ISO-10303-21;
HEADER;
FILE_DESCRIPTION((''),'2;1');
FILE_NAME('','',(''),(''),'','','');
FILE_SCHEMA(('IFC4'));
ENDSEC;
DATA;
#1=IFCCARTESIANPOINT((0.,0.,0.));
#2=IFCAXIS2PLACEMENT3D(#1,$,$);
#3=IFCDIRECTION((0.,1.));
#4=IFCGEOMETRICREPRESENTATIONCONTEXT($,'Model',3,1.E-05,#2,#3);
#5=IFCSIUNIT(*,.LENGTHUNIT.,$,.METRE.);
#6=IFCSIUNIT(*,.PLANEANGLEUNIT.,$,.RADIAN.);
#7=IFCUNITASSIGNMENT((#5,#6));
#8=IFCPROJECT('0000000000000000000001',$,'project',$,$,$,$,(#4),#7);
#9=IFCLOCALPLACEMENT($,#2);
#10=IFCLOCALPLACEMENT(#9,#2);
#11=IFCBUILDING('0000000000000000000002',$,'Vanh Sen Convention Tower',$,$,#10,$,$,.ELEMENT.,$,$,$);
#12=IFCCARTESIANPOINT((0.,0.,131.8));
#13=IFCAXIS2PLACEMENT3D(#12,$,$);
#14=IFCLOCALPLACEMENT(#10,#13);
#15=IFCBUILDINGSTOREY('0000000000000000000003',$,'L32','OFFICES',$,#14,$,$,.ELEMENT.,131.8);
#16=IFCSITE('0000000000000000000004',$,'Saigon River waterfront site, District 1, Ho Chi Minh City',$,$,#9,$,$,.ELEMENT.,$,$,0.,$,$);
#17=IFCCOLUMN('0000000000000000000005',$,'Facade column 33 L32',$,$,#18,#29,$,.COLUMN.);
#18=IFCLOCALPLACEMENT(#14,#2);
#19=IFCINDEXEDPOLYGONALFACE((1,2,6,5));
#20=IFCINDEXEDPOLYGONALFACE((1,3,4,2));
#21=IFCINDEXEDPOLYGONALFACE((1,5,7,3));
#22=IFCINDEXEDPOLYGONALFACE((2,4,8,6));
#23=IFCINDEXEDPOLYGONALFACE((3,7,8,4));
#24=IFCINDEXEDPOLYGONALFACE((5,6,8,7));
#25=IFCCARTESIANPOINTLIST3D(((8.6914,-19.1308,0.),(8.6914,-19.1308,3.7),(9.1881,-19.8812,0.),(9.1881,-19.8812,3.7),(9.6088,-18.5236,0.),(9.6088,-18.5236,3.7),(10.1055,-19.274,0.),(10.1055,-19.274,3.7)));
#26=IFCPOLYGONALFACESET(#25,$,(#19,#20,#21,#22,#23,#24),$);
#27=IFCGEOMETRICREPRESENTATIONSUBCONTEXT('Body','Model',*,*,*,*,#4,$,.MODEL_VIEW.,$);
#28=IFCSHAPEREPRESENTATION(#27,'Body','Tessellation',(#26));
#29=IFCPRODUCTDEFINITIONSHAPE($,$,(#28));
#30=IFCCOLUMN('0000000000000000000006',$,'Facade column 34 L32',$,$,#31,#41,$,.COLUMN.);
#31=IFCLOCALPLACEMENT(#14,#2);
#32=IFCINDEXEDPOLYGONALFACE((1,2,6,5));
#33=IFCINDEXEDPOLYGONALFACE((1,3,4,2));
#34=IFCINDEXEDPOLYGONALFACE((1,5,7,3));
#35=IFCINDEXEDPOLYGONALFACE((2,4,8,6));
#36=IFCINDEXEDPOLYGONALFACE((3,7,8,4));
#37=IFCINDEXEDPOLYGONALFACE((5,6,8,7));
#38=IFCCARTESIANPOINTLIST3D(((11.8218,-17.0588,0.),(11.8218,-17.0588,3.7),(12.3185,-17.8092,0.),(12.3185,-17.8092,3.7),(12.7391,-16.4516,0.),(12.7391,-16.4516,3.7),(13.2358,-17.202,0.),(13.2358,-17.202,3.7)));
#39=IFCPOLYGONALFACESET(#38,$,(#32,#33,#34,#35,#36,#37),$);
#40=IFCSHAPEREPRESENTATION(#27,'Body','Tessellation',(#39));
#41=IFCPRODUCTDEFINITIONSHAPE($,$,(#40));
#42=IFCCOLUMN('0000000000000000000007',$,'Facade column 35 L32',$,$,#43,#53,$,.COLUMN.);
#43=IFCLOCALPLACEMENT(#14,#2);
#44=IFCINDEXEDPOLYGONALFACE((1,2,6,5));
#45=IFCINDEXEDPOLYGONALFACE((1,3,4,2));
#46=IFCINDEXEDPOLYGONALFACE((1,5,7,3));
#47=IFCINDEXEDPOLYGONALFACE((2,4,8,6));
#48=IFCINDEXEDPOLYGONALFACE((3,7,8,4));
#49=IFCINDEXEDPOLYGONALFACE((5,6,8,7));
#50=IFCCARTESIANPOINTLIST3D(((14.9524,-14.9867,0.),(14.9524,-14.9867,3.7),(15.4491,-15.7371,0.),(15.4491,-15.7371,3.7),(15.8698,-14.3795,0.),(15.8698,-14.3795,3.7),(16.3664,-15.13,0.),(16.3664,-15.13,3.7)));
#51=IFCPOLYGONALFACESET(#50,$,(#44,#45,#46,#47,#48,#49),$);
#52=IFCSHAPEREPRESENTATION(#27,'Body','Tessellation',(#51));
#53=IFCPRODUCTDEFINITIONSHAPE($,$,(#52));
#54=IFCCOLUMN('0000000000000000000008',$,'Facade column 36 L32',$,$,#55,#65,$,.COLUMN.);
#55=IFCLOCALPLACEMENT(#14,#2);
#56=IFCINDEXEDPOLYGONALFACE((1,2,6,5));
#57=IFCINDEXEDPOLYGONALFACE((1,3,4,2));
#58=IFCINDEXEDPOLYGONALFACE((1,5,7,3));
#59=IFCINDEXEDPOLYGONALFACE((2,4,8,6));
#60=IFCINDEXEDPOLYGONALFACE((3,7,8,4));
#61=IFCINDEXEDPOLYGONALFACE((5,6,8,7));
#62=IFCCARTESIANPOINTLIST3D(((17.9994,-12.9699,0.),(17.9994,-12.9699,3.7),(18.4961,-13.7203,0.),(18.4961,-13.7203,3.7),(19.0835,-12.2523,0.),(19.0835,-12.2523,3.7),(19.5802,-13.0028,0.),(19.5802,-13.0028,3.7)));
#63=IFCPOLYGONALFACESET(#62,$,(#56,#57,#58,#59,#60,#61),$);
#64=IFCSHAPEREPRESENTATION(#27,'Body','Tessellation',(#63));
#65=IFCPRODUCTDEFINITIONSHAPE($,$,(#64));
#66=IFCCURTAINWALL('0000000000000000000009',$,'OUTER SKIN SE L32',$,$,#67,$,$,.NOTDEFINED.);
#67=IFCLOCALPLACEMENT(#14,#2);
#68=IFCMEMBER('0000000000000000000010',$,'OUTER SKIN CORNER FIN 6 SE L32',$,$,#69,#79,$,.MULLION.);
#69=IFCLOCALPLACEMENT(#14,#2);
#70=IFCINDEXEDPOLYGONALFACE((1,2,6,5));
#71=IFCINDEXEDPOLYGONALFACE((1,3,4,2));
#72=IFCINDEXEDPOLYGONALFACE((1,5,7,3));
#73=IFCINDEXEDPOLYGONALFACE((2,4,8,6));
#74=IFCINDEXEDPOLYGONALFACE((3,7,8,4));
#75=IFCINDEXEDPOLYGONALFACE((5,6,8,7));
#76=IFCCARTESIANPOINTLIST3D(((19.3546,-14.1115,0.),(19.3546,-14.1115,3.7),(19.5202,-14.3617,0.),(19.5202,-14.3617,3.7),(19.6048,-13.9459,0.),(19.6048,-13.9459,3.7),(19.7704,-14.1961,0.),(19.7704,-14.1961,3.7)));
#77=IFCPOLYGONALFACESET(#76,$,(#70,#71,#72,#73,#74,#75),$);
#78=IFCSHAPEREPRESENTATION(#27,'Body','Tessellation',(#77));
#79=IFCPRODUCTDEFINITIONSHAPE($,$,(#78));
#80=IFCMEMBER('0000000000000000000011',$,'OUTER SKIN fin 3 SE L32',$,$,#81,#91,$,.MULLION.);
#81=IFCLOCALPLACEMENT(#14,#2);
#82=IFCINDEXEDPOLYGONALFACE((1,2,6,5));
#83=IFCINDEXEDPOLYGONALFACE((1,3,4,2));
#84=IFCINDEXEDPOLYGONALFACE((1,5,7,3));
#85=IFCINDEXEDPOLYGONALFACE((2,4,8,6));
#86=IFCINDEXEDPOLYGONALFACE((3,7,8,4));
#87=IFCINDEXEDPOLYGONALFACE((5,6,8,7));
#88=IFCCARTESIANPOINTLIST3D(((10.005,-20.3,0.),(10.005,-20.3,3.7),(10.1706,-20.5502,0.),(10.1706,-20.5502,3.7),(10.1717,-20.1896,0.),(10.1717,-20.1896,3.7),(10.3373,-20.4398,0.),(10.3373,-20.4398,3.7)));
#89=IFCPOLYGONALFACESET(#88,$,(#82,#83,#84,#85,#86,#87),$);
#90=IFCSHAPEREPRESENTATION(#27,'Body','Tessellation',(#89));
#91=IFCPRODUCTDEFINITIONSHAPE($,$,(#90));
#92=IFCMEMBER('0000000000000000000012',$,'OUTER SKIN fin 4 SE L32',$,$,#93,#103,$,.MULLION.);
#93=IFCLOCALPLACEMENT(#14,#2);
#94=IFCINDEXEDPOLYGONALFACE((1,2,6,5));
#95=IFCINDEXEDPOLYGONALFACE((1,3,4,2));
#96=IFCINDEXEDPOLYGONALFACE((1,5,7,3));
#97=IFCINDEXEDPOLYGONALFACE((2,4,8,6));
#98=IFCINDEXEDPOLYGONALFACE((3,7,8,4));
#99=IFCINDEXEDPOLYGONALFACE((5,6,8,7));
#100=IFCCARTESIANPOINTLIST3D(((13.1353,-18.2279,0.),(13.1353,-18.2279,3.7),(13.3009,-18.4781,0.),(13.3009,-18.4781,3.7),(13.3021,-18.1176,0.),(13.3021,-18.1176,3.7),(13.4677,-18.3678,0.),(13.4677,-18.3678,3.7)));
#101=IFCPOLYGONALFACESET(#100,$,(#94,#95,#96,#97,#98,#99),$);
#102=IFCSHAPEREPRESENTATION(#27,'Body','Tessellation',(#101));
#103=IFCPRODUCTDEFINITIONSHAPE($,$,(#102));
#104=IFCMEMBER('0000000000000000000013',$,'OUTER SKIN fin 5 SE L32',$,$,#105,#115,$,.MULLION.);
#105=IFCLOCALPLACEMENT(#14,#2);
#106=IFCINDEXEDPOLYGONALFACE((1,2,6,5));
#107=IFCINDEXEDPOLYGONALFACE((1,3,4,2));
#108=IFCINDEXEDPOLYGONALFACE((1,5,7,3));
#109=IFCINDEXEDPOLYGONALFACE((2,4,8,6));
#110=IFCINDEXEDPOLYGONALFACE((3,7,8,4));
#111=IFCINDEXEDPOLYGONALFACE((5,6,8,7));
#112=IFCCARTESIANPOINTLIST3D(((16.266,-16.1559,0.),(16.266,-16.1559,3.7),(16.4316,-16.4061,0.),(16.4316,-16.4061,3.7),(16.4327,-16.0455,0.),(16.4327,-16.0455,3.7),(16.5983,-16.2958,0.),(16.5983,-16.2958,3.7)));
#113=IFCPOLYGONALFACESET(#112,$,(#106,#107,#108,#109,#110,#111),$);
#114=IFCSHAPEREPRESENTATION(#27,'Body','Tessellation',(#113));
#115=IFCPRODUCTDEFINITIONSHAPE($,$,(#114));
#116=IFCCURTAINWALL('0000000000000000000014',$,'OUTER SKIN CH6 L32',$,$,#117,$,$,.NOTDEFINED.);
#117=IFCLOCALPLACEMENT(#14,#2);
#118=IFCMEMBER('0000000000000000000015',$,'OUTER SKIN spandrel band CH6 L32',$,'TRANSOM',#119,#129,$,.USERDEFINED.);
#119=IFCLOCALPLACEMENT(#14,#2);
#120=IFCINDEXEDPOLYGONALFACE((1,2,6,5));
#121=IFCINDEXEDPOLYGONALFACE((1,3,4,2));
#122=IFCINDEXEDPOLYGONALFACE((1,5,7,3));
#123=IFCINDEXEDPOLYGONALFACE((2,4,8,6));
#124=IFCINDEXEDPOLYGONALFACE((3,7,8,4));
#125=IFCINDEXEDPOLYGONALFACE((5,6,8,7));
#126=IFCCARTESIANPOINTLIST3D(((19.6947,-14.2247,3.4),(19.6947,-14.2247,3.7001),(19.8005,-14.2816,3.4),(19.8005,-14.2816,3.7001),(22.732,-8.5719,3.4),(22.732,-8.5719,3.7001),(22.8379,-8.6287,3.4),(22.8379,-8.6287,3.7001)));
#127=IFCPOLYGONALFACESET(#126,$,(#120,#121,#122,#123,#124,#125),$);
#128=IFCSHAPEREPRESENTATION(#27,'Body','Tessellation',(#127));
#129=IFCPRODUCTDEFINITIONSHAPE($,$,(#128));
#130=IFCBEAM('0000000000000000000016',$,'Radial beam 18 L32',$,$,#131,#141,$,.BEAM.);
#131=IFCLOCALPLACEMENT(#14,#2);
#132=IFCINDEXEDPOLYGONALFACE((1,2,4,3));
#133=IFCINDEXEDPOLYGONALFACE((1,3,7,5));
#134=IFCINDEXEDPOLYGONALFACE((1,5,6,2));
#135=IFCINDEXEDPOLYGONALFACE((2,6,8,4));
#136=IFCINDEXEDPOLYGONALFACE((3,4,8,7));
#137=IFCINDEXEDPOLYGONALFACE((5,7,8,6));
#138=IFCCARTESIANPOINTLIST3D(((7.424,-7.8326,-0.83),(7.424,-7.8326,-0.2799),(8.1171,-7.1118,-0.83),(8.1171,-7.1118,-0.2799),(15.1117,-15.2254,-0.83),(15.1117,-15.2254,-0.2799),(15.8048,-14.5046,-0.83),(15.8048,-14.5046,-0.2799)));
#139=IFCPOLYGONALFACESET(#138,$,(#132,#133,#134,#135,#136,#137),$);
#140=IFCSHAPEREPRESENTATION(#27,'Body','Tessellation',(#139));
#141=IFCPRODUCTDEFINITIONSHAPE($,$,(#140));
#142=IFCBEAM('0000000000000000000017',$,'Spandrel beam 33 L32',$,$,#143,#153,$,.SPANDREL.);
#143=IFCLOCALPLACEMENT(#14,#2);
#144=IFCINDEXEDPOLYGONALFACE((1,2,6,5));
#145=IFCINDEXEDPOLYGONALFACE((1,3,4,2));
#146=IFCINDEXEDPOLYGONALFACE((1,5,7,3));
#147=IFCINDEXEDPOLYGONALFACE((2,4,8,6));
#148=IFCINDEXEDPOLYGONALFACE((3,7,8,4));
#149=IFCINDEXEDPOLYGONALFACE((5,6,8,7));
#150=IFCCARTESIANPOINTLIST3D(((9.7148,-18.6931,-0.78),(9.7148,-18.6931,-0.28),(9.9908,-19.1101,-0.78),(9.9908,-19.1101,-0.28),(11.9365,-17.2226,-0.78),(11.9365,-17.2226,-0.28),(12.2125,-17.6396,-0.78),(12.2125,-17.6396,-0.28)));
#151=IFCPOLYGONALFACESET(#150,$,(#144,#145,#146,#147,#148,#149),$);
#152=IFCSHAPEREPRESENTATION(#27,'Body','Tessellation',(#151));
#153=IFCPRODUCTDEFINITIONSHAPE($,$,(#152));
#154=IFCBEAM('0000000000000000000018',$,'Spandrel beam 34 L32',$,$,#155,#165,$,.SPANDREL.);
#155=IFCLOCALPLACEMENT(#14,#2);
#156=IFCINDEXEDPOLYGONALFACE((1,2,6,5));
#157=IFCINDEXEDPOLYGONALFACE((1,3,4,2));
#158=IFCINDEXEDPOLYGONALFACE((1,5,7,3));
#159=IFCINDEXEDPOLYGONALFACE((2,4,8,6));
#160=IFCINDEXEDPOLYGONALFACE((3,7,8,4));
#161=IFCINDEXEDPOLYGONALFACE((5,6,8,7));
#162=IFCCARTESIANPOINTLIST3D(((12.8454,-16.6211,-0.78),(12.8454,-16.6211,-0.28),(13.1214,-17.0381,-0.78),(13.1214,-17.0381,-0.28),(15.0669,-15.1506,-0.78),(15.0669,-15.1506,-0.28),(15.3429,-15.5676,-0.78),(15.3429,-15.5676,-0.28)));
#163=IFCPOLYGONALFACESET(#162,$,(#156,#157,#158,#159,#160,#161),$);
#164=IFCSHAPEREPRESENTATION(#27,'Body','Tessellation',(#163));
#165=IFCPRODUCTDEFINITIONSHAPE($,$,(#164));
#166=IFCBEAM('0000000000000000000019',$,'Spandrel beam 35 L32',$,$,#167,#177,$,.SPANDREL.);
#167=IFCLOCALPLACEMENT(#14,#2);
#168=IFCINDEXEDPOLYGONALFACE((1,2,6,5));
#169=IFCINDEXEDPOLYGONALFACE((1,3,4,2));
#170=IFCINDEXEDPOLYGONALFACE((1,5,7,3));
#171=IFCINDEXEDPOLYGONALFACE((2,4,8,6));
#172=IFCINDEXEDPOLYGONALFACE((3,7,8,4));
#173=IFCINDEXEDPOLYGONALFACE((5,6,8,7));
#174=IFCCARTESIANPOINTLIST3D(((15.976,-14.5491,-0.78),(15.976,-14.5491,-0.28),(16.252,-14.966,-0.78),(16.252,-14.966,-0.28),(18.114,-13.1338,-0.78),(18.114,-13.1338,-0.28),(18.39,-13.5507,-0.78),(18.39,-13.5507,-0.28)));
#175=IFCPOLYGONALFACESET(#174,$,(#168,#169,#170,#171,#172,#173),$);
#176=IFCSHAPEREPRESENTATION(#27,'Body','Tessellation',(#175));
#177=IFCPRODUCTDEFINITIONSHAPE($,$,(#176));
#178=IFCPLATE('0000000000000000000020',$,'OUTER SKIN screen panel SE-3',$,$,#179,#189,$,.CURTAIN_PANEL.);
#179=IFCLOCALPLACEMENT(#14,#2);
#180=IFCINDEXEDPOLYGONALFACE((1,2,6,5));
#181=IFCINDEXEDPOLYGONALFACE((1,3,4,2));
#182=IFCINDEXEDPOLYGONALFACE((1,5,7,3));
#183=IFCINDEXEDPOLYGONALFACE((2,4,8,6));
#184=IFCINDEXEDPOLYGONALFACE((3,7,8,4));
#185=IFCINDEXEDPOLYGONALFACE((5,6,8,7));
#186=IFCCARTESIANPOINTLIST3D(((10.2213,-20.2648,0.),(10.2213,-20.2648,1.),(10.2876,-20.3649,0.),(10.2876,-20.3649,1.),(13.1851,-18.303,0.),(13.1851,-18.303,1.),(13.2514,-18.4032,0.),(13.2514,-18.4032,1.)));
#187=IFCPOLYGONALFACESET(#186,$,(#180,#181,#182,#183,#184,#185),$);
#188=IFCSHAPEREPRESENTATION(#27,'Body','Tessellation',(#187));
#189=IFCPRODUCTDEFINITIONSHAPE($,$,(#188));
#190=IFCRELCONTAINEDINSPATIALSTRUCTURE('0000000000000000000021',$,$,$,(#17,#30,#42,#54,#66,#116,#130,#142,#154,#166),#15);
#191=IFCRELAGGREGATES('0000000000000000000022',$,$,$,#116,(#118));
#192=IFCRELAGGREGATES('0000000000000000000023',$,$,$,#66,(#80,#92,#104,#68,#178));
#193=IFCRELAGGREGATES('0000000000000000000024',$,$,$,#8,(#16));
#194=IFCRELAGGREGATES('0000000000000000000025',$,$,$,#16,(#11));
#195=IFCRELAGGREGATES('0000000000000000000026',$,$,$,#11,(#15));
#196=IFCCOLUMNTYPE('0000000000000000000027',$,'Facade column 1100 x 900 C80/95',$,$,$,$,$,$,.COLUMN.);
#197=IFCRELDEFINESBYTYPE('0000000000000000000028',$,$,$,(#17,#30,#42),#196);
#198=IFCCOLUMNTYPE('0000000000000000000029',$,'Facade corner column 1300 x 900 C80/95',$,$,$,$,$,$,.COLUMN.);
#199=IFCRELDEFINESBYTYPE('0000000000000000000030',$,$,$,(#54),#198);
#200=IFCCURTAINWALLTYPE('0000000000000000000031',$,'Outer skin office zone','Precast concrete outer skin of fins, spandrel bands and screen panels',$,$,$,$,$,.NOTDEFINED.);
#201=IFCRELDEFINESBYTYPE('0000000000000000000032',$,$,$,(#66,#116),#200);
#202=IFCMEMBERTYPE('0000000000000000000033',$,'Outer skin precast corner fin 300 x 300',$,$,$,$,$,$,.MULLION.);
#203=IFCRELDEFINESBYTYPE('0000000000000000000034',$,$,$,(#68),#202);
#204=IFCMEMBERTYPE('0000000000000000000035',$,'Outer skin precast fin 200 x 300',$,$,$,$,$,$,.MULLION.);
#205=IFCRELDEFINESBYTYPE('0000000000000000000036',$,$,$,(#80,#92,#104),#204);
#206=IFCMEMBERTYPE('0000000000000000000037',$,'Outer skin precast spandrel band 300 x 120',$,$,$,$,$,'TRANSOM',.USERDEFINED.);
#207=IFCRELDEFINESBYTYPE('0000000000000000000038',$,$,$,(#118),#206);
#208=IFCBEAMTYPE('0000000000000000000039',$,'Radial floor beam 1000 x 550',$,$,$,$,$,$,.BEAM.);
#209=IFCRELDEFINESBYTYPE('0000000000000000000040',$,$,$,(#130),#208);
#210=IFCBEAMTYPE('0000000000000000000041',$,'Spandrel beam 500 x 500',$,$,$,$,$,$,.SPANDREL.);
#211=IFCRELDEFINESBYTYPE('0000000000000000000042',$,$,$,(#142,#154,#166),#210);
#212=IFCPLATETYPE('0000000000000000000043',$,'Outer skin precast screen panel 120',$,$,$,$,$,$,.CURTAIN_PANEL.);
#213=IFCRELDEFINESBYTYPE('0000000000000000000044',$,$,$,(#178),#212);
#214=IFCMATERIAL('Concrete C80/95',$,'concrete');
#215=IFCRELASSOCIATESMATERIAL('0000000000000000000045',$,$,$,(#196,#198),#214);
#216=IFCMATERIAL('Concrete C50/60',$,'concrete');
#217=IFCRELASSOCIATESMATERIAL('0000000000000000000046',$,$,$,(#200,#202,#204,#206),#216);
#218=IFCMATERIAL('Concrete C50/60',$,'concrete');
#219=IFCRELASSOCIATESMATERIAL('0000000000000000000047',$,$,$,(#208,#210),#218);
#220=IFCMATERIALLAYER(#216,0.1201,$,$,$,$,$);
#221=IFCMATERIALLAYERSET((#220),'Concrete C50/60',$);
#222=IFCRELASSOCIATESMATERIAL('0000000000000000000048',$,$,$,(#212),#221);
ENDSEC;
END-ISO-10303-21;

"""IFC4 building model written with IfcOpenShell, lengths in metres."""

from ifc_helpers import new_model, si_unit, direction, frame, origin, origin_2d, place, context, subcontext, project, spatial, rectangle, extrude, material, layer, layer_set, material_profile, profile_set, type_object, element, aggregate, save


model = new_model("IFC4")

# Units and contexts
model_context = context("Model", 3, precision=1e-05, world=origin(), true_north=direction((0.0, 1.0)))
body_context = subcontext(model_context, "Body", "Model", "MODEL_VIEW")
ifc_project = project(units=[si_unit("LENGTHUNIT", "METRE"), si_unit("PLANEANGLEUNIT", "RADIAN")], contexts=[model_context])

# Site, building, storey
site_placement = place(None, origin())
site = spatial("IfcSite", under=ifc_project, at=site_placement, Name="Saigon River waterfront site, District 1, Ho Chi Minh City", CompositionType="ELEMENT", RefElevation=0.0)
building_placement = place(site_placement, origin())
building = spatial("IfcBuilding", under=site, at=building_placement, Name="Vanh Sen Convention Tower", CompositionType="ELEMENT")
storey_placement = place(building_placement, frame((0.0, 0.0, 131.8)))
storey = spatial("IfcBuildingStorey", under=building, at=storey_placement, Name="L32", Description="OFFICES", CompositionType="ELEMENT", Elevation=131.8)

# Columns
ifc_material_1 = material(Name="Concrete C80/95", Category="concrete")
ifc_material_profile_1 = material_profile(ifc_material_1, rectangle(XDim=1.1001, YDim=0.8999, at=origin_2d()), Name="RC 1100X900")
ifc_profile_set_1 = profile_set([ifc_material_profile_1], Name="Concrete C80/95")
column_type_1 = type_object("IfcColumnType", Name="Facade column 1100 x 900 C80/95", PredefinedType="COLUMN", material=ifc_profile_set_1)
for number, where, z_axis, x_axis, name in (
    (1, (9.3984, -19.2024, 0.0), (0.0, 0.0, 1.0), (0.833886, 0.551937, 0.0), "Facade column 33 L32"),
    (2, (12.5288, -17.1304, 0.0), (0.0, 0.0, 1.0), (0.833886, 0.551937, 0.0), "Facade column 34 L32"),
    (3, (15.6594, -15.0583, 0.0), (0.0, 0.0, 1.0), (0.833886, 0.551937, 0.0), "Facade column 35 L32"),
):
    element("IfcColumn", number, at=place(storey_placement, frame(where, z_axis=z_axis, x_axis=x_axis)), inside=storey, type_object=column_type_1, Name=name, PredefinedType="COLUMN", context=body_context, shape_type="SweptSolid", body=[
        extrude(rectangle(XDim=1.1001, YDim=0.8999, at=origin_2d()), origin(), (0.0, 0.0, 1.0), 3.7),
    ])
ifc_material_profile_2 = material_profile(ifc_material_1, rectangle(XDim=1.3, YDim=0.8999, at=origin_2d()), Name="RC 1300X900")
ifc_profile_set_2 = profile_set([ifc_material_profile_2], Name="Concrete C80/95")
column_type_2 = type_object("IfcColumnType", Name="Facade corner column 1300 x 900 C80/95", PredefinedType="COLUMN", material=ifc_profile_set_2)
column_placement = place(storey_placement, frame((18.7898, -12.9863, 0.0), z_axis=(0.0, 0.0, 1.0), x_axis=(0.833886, 0.551937, 0.0)))
element("IfcColumn", 4, at=column_placement, inside=storey, type_object=column_type_2, Name="Facade column 36 L32", PredefinedType="COLUMN", context=body_context, shape_type="SweptSolid", body=[
    extrude(rectangle(XDim=1.3, YDim=0.8999, at=origin_2d()), origin(), (0.0, 0.0, 1.0), 3.7),
])

# Curtain wall, members
ifc_material_2 = material(Name="Concrete C50/60", Category="concrete")
curtain_wall_type = type_object("IfcCurtainWallType", Name="Outer skin office zone", Description="Precast concrete outer skin of fins, spandrel bands and screen panels", PredefinedType="NOTDEFINED", material=ifc_material_2)
curtain_wall_1_placement = place(storey_placement, origin())
curtain_wall_1 = element("IfcCurtainWall", 5, at=curtain_wall_1_placement, inside=storey, type_object=curtain_wall_type, Name="OUTER SKIN SE L32", PredefinedType="NOTDEFINED")
ifc_material_profile_3 = material_profile(ifc_material_2, rectangle(XDim=0.3, YDim=0.3, at=origin_2d()), Name="Outer skin precast corner fin 300 x 300")
ifc_profile_set_3 = profile_set([ifc_material_profile_3], Name="Concrete C50/60")
member_type_1 = type_object("IfcMemberType", Name="Outer skin precast corner fin 300 x 300", PredefinedType="MULLION", material=ifc_profile_set_3)
member_1_placement = place(storey_placement, frame((19.5625, -14.1538, 0.0), z_axis=(0.0, 0.0, 1.0), x_axis=(0.833886, 0.551937, 0.0)))
member_1 = element("IfcMember", 6, at=member_1_placement, type_object=member_type_1, Name="OUTER SKIN CORNER FIN 6 SE L32", PredefinedType="MULLION", context=body_context, shape_type="SweptSolid", body=[
    extrude(rectangle(XDim=0.3, YDim=0.3, at=origin_2d()), origin(), (0.0, 0.0, 1.0), 3.7),
])
ifc_material_profile_4 = material_profile(ifc_material_2, rectangle(XDim=0.2, YDim=0.3, at=origin_2d()), Name="Outer skin precast fin 200 x 300")
ifc_profile_set_4 = profile_set([ifc_material_profile_4], Name="Concrete C50/60")
member_type_2 = type_object("IfcMemberType", Name="Outer skin precast fin 200 x 300", PredefinedType="MULLION", material=ifc_profile_set_4)
member_2_placement = place(storey_placement, frame((10.1711, -20.3699, 0.0), z_axis=(0.0, 0.0, 1.0), x_axis=(0.833886, 0.551937, 0.0)))
member_2 = element("IfcMember", 7, at=member_2_placement, type_object=member_type_2, Name="OUTER SKIN fin 3 SE L32", PredefinedType="MULLION", context=body_context, shape_type="SweptSolid", body=[
    extrude(rectangle(XDim=0.2, YDim=0.3, at=origin_2d()), origin(), (0.0, 0.0, 1.0), 3.7),
])
member_3_placement = place(storey_placement, frame((13.3015, -18.2979, 0.0), z_axis=(0.0, 0.0, 1.0), x_axis=(0.833886, 0.551937, 0.0)))
member_3 = element("IfcMember", 8, at=member_3_placement, type_object=member_type_2, Name="OUTER SKIN fin 4 SE L32", PredefinedType="MULLION", context=body_context, shape_type="SweptSolid", body=[
    extrude(rectangle(XDim=0.2, YDim=0.3, at=origin_2d()), origin(), (0.0, 0.0, 1.0), 3.7),
])
member_4_placement = place(storey_placement, frame((16.4321, -16.2258, 0.0), z_axis=(0.0, 0.0, 1.0), x_axis=(0.833886, 0.551937, 0.0)))
member_4 = element("IfcMember", 9, at=member_4_placement, type_object=member_type_2, Name="OUTER SKIN fin 5 SE L32", PredefinedType="MULLION", context=body_context, shape_type="SweptSolid", body=[
    extrude(rectangle(XDim=0.2, YDim=0.3, at=origin_2d()), origin(), (0.0, 0.0, 1.0), 3.7),
])

# Curtain wall, member
curtain_wall_2_placement = place(storey_placement, origin())
curtain_wall_2 = element("IfcCurtainWall", 10, at=curtain_wall_2_placement, inside=storey, type_object=curtain_wall_type, Name="OUTER SKIN CH6 L32", PredefinedType="NOTDEFINED")
ifc_material_profile_5 = material_profile(ifc_material_2, rectangle(XDim=0.1201, YDim=0.3, at=origin_2d()), Name="Outer skin precast spandrel band 300 x 120")
ifc_profile_set_5 = profile_set([ifc_material_profile_5], Name="Concrete C50/60")
member_type_3 = type_object("IfcMemberType", Name="Outer skin precast spandrel band 300 x 120", ElementType="TRANSOM", PredefinedType="USERDEFINED", material=ifc_profile_set_5)
member_5_placement = place(storey_placement, frame((19.7476, -14.2532, 3.55), z_axis=(0.473317, 0.880892, 0.0), x_axis=(-0.880892, 0.473317, 0.0)))
member_5 = element("IfcMember", 11, at=member_5_placement, type_object=member_type_3, Name="OUTER SKIN spandrel band CH6 L32", ObjectType="TRANSOM", PredefinedType="USERDEFINED", context=body_context, shape_type="SweptSolid", body=[
    extrude(rectangle(XDim=0.1201, YDim=0.3, at=origin_2d()), origin(), (0.0, 0.0, 1.0), 6.4172),
])
aggregate(curtain_wall_2, [member_5])

# Beams
ifc_material_3 = material(Name="Concrete C50/60", Category="concrete")
ifc_material_profile_6 = material_profile(ifc_material_3, rectangle(XDim=1.0, YDim=0.55, at=origin_2d()), Name="RC 1000X550")
ifc_profile_set_6 = profile_set([ifc_material_profile_6], Name="Concrete C50/60")
beam_type_1 = type_object("IfcBeamType", Name="Radial floor beam 1000 x 550", PredefinedType="BEAM", material=ifc_profile_set_6)
beam_1_placement = place(storey_placement, frame((15.4583, -14.865, -0.5549), z_axis=(-0.720797, 0.693146, 0.0), x_axis=(-0.693146, -0.720797, 0.0)))
element("IfcBeam", 12, at=beam_1_placement, inside=storey, type_object=beam_type_1, Name="Radial beam 18 L32", PredefinedType="BEAM", context=body_context, shape_type="SweptSolid", body=[
    extrude(rectangle(XDim=1.0, YDim=0.55, at=origin_2d()), origin(), (0.0, 0.0, 1.0), 10.6655),
])
ifc_material_profile_7 = material_profile(ifc_material_3, rectangle(XDim=0.5, YDim=0.5, at=origin_2d()), Name="RC 500X500")
ifc_profile_set_7 = profile_set([ifc_material_profile_7], Name="Concrete C50/60")
beam_type_2 = type_object("IfcBeamType", Name="Spandrel beam 500 x 500", PredefinedType="SPANDREL", material=ifc_profile_set_7)
beam_2_placement = place(storey_placement, frame((9.8528, -18.9016, -0.53), z_axis=(0.833893, 0.551927, 0.0), x_axis=(-0.551927, 0.833893, 0.0)))
element("IfcBeam", 13, at=beam_2_placement, inside=storey, type_object=beam_type_2, Name="Spandrel beam 33 L32", PredefinedType="SPANDREL", context=body_context, shape_type="SweptSolid", body=[
    extrude(rectangle(XDim=0.5, YDim=0.5, at=origin_2d()), origin(), (0.0, 0.0, 1.0), 2.6643),
])
beam_3_placement = place(storey_placement, frame((12.9834, -16.8296, -0.53), z_axis=(0.833865, 0.551969, 0.0), x_axis=(-0.551969, 0.833865, 0.0)))
element("IfcBeam", 14, at=beam_3_placement, inside=storey, type_object=beam_type_2, Name="Spandrel beam 34 L32", PredefinedType="SPANDREL", context=body_context, shape_type="SweptSolid", body=[
    extrude(rectangle(XDim=0.5, YDim=0.5, at=origin_2d()), origin(), (0.0, 0.0, 1.0), 2.6641),
])
beam_4_placement = place(storey_placement, frame((16.114, -14.7576, -0.53), z_axis=(0.833848, 0.551994, 0.0), x_axis=(-0.551994, 0.833848, 0.0)))
element("IfcBeam", 15, at=beam_4_placement, inside=storey, type_object=beam_type_2, Name="Spandrel beam 35 L32", PredefinedType="SPANDREL", context=body_context, shape_type="SweptSolid", body=[
    extrude(rectangle(XDim=0.5, YDim=0.5, at=origin_2d()), origin(), (0.0, 0.0, 1.0), 2.564),
])

# Plate
ifc_layer_1 = layer(ifc_material_2, 0.1201)
ifc_layer_set_1 = layer_set([ifc_layer_1], Name="Concrete C50/60")
plate_type = type_object("IfcPlateType", Name="Outer skin precast screen panel 120", PredefinedType="CURTAIN_PANEL", material=ifc_layer_set_1)
plate_1_placement = place(storey_placement, frame((11.7363, -19.334, 0.0), z_axis=(0.0, 0.0, 1.0), x_axis=(0.833877, 0.55195, 0.0)))
plate_1 = element("IfcPlate", 16, at=plate_1_placement, type_object=plate_type, Name="OUTER SKIN screen panel SE-3", PredefinedType="CURTAIN_PANEL", context=body_context, shape_type="SweptSolid", body=[
    extrude(rectangle(XDim=3.5542, YDim=0.1201, at=origin_2d()), origin(), (0.0, 0.0, 1.0), 1.0),
])
aggregate(curtain_wall_1, [member_2, member_3, member_4, member_1, plate_1])

save(model, "model.ifc")
